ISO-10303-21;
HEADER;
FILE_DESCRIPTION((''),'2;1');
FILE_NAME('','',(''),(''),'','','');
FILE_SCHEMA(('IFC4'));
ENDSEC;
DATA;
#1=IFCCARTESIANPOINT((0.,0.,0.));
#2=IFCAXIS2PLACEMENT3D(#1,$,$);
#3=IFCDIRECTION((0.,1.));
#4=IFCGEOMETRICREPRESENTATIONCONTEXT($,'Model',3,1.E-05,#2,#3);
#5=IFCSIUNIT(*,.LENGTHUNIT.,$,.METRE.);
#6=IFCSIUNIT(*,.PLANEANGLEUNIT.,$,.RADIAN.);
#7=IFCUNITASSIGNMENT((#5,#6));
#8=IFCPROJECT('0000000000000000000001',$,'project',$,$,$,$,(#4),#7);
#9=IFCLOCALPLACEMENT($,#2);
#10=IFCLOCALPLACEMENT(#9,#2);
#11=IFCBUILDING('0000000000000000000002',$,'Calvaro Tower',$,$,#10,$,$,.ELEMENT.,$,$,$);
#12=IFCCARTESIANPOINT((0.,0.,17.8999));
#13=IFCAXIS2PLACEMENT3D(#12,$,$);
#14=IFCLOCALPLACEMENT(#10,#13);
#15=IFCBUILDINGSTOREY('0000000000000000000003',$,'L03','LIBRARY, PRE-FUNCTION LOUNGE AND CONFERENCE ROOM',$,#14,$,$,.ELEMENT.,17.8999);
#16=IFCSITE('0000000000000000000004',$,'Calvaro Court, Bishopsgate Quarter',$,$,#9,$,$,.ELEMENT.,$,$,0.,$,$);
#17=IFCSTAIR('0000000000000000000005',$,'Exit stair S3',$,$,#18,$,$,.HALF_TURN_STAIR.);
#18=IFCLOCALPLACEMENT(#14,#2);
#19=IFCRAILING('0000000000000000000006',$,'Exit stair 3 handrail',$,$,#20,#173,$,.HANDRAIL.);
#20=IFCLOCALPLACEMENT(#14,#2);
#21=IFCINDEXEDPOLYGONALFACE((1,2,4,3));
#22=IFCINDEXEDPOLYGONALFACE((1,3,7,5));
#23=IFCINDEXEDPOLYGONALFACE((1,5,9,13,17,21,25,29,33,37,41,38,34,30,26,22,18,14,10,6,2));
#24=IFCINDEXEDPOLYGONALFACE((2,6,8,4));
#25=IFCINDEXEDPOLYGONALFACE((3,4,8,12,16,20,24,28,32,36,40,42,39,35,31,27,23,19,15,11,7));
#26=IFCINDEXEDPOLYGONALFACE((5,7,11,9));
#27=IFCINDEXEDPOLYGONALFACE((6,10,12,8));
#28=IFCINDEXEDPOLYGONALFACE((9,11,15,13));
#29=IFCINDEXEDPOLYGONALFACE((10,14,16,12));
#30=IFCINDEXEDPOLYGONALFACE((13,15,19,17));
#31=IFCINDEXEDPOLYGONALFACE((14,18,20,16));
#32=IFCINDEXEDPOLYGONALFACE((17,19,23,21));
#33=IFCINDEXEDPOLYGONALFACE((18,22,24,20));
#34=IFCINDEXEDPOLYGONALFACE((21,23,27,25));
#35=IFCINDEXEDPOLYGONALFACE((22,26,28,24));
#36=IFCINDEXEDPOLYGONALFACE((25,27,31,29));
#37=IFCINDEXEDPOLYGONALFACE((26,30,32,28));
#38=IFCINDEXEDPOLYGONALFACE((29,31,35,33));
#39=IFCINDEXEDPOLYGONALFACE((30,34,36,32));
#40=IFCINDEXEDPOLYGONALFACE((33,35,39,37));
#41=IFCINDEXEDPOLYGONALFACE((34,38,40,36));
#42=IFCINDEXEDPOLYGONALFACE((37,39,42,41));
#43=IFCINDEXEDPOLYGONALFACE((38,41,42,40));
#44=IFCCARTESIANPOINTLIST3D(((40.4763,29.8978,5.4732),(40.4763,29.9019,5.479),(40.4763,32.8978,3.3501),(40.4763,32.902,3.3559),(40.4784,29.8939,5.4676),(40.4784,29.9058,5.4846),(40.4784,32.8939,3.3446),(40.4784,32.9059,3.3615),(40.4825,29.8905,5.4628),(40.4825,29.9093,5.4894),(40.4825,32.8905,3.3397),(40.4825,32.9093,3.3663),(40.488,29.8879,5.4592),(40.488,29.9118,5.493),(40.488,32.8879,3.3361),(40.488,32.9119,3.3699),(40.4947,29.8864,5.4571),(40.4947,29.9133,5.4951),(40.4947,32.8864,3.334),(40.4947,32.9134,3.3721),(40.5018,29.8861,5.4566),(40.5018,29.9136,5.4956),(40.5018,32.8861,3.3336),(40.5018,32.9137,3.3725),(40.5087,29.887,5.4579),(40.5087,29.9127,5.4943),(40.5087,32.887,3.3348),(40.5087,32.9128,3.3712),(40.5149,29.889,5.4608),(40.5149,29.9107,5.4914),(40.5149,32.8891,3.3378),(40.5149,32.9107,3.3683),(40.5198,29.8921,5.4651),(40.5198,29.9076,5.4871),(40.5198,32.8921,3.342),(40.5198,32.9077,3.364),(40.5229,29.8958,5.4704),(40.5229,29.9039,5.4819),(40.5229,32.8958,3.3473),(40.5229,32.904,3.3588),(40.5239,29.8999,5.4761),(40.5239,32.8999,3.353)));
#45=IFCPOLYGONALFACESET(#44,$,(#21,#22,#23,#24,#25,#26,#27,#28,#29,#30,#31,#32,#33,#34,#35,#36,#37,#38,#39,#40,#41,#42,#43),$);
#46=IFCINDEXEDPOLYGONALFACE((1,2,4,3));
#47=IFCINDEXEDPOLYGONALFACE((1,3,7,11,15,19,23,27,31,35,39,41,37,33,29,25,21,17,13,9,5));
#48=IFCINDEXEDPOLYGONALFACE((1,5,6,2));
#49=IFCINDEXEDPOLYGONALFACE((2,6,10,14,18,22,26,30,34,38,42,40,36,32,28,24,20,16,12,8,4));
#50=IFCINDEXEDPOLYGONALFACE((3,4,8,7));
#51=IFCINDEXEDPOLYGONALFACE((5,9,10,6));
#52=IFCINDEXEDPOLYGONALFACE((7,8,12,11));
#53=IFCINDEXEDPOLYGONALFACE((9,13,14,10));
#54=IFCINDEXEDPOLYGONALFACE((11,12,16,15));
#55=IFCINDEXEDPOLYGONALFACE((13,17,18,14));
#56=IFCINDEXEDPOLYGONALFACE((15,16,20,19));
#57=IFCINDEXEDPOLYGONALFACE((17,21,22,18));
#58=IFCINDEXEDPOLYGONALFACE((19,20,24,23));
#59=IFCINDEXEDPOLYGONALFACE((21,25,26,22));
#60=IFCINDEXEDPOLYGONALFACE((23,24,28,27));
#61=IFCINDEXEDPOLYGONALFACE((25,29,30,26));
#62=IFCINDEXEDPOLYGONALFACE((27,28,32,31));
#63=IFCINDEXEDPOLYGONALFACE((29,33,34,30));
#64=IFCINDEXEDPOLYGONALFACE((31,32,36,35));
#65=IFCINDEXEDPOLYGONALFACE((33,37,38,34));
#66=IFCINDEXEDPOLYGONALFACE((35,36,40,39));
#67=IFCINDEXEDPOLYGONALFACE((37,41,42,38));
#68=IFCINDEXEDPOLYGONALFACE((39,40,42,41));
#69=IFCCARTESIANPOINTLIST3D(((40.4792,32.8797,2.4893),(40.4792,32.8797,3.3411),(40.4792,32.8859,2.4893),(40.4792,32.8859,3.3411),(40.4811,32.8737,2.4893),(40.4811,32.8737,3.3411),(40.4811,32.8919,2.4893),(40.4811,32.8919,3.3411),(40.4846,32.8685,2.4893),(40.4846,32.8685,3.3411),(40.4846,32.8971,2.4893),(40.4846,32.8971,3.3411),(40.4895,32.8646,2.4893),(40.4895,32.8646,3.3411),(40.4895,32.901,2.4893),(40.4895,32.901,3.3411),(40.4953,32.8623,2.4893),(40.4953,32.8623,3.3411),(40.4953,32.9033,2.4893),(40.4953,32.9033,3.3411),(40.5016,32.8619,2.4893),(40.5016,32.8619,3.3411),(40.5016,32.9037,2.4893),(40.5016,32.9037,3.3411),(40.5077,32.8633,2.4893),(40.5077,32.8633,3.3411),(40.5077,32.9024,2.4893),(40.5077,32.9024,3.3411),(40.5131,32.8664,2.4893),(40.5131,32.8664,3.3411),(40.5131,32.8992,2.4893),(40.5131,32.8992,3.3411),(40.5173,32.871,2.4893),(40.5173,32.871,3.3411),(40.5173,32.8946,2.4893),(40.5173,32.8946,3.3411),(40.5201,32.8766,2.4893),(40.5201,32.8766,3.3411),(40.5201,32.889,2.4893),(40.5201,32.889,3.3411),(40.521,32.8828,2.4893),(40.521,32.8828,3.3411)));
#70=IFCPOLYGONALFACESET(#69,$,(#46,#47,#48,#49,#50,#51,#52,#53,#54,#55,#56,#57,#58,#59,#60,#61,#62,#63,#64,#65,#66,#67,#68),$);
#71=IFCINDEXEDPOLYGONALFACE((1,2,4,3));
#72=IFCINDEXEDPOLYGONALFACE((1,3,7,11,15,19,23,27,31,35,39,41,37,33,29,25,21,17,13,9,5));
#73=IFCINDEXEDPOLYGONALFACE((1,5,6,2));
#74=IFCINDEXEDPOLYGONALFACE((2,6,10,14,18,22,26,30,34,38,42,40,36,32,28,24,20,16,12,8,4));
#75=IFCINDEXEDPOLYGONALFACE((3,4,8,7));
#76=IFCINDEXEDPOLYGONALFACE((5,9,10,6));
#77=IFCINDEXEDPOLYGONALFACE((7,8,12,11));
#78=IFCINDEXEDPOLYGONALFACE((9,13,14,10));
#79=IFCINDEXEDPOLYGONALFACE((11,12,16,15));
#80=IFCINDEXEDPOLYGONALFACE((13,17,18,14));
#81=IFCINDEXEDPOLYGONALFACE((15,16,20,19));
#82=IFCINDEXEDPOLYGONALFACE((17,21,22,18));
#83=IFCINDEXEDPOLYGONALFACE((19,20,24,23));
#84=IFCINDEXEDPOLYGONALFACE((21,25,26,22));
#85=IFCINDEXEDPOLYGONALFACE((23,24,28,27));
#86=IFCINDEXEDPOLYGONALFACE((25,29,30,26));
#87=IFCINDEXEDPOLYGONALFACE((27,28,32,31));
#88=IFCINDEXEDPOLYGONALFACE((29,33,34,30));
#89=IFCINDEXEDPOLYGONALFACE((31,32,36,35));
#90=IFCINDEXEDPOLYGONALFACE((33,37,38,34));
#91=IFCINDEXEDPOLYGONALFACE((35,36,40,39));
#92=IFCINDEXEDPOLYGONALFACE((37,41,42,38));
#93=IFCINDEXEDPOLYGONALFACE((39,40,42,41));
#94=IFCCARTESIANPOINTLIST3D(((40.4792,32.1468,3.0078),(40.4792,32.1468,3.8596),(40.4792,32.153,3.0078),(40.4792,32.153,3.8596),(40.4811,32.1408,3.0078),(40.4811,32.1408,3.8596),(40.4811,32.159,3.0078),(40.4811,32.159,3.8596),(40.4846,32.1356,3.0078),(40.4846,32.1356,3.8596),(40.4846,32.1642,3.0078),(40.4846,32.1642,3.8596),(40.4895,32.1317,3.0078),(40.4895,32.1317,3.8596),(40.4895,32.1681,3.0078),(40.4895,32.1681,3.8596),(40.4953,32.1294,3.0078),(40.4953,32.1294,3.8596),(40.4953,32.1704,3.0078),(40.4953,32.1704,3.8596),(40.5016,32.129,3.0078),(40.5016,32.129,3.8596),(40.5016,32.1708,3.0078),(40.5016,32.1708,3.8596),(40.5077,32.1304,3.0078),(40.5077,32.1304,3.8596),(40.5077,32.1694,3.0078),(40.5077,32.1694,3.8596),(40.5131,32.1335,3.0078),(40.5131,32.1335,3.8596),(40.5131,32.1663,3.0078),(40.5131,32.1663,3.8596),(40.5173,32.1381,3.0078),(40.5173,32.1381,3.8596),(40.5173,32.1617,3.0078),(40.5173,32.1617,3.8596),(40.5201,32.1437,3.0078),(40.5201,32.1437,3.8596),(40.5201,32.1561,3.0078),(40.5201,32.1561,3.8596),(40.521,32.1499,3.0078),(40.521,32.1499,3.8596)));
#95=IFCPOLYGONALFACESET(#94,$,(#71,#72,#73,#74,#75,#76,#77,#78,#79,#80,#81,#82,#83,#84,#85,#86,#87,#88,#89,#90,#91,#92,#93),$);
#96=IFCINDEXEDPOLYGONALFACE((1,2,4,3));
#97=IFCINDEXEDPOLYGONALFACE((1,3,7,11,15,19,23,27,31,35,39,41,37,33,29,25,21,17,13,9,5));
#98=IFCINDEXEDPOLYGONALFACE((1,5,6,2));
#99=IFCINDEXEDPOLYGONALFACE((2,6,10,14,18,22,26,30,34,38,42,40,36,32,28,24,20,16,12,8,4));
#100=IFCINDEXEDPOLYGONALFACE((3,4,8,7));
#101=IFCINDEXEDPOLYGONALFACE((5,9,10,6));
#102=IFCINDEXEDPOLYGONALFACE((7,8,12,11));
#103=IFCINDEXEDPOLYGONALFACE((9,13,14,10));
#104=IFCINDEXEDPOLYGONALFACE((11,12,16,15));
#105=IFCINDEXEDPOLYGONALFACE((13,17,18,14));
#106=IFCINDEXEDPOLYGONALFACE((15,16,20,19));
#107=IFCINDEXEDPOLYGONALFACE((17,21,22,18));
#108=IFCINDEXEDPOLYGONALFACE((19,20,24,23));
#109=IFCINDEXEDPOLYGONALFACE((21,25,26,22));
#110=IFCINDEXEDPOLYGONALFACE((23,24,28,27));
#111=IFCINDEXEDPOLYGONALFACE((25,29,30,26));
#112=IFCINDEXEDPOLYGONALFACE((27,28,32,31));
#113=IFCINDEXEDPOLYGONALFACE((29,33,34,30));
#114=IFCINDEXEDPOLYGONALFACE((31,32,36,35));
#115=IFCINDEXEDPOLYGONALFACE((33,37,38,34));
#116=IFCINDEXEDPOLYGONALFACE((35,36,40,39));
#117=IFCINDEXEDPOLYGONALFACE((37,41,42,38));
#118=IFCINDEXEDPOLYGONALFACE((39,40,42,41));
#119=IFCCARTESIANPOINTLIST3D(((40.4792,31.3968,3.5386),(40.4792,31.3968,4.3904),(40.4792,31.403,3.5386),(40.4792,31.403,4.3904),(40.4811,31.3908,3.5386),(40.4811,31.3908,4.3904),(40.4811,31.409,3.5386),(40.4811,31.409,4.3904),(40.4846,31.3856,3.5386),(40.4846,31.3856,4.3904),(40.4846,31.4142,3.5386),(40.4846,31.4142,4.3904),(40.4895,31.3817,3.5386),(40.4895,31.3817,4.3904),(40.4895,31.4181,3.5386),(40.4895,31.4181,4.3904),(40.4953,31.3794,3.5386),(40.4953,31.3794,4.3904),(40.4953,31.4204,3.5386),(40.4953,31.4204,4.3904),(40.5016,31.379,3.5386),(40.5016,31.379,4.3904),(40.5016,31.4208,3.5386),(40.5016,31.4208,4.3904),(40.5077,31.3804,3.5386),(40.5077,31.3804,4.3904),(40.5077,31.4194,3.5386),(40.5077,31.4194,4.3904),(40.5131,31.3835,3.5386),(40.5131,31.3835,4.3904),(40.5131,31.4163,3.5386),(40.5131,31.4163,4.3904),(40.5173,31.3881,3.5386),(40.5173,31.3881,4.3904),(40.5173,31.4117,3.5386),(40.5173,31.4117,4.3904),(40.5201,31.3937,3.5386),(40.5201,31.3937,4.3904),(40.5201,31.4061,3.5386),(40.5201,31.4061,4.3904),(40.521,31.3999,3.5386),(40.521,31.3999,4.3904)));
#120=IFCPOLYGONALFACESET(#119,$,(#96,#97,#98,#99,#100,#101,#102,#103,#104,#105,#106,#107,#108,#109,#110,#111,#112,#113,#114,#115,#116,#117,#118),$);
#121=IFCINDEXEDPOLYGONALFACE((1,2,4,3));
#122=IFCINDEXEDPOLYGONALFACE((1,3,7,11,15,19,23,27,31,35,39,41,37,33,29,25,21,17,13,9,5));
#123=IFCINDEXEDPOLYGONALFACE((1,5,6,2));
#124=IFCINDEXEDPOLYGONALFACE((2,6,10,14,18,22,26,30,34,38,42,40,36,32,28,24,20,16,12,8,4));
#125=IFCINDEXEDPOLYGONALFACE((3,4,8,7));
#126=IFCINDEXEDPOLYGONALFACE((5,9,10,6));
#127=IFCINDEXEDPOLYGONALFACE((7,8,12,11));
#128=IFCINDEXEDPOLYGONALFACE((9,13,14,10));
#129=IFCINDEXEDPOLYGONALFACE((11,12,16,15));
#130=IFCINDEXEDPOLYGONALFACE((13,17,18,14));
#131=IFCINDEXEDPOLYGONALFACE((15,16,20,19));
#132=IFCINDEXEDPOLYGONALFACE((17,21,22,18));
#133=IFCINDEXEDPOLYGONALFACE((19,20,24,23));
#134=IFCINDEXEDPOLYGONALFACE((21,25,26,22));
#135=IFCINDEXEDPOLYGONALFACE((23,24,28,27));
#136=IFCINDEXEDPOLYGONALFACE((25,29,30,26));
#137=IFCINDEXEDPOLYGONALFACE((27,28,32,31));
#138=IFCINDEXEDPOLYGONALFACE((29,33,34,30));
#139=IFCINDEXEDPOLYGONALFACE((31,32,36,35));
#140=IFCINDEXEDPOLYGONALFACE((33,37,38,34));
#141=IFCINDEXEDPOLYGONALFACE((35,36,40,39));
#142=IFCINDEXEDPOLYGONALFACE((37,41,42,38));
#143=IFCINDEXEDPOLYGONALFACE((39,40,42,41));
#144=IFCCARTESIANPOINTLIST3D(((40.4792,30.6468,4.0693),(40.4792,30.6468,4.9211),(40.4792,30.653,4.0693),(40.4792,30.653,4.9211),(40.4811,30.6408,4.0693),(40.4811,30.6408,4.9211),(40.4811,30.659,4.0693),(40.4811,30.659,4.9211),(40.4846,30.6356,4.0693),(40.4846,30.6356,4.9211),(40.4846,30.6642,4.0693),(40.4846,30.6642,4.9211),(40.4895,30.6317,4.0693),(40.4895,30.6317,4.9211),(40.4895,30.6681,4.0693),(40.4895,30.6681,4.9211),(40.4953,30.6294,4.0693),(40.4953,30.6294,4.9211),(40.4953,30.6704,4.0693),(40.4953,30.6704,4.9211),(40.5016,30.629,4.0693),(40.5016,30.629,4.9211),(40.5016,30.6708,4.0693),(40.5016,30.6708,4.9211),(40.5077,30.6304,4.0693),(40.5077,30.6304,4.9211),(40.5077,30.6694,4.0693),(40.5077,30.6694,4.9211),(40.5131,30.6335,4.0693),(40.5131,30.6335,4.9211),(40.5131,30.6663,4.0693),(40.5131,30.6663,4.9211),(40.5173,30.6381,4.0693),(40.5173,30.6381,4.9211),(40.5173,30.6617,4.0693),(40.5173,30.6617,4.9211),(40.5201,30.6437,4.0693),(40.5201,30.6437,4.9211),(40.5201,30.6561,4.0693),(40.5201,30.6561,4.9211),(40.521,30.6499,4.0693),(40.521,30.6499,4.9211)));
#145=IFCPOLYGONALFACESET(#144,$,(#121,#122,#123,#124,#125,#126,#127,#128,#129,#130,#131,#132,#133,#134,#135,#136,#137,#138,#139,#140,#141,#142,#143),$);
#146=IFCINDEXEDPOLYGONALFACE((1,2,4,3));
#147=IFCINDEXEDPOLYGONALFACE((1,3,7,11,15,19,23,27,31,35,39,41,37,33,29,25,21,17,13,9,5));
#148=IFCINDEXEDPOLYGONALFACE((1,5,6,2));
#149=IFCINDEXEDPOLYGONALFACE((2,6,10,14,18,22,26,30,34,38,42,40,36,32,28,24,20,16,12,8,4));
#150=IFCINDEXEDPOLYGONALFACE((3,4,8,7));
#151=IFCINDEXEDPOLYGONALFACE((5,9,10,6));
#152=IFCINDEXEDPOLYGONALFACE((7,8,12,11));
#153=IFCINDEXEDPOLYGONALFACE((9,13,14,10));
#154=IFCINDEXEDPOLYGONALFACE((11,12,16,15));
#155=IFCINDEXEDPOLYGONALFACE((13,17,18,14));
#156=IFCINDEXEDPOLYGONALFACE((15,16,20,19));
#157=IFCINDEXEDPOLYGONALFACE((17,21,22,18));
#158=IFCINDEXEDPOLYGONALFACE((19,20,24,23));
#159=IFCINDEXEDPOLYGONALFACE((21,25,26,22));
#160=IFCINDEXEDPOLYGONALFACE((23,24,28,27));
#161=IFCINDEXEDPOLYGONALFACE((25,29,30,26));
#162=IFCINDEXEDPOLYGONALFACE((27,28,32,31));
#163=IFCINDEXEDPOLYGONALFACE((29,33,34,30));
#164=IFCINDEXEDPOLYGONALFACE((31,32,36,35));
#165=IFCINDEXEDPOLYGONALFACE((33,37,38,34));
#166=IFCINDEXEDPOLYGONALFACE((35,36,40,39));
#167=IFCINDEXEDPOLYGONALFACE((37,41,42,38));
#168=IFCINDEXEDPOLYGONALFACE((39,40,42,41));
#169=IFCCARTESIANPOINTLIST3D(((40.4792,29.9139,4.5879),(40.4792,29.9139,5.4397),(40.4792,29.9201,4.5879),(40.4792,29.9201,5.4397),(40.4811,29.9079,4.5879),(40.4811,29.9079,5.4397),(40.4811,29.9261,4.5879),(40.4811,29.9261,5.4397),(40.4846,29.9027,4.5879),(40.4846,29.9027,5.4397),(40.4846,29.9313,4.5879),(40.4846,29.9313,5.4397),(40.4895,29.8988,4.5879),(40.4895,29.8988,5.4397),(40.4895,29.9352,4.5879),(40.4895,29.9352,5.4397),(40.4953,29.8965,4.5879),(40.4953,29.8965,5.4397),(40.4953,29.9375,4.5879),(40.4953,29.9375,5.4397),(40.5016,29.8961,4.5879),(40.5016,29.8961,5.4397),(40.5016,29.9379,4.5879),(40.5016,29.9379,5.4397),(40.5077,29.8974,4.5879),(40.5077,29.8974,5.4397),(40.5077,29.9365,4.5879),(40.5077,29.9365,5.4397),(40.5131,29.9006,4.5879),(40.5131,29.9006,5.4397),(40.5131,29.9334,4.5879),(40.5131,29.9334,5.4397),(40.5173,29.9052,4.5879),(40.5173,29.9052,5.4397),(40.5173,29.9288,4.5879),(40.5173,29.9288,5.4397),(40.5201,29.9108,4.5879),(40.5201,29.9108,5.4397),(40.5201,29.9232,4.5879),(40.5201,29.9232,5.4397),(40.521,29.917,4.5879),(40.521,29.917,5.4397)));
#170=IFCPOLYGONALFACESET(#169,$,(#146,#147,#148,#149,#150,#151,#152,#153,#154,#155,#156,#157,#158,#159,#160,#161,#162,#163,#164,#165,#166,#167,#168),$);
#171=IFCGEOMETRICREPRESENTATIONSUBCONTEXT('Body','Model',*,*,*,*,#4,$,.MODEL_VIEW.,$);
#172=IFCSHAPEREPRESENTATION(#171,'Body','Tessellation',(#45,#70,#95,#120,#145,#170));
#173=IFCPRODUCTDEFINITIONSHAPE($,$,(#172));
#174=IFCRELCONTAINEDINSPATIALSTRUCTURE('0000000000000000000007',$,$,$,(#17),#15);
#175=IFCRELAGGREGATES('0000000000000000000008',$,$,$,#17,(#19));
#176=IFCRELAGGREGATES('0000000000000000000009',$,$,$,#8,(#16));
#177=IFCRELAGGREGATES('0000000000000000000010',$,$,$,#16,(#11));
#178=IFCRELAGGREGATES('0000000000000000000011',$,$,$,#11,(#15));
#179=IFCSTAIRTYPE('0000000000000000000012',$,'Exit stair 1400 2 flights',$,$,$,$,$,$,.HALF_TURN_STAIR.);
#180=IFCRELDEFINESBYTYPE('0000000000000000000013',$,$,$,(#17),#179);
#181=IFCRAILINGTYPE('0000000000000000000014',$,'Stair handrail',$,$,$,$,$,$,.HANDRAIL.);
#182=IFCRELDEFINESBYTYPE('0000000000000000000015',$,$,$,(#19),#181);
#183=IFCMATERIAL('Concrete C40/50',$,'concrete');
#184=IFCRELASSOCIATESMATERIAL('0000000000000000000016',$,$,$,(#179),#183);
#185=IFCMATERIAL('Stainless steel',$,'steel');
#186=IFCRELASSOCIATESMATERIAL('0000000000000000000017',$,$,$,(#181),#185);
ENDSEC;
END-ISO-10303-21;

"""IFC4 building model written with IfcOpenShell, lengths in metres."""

from ifc_helpers import new_model, si_unit, direction, frame, origin, origin_2d, place, context, subcontext, project, spatial, circle, extrude, material, type_object, element, aggregate, save


model = new_model("IFC4")

# Units and contexts
model_context = context("Model", 3, precision=1e-05, world=origin(), true_north=direction((0.0, 1.0)))
body_context = subcontext(model_context, "Body", "Model", "MODEL_VIEW")
ifc_project = project(units=[si_unit("LENGTHUNIT", "METRE"), si_unit("PLANEANGLEUNIT", "RADIAN")], contexts=[model_context])

# Site, building, storey
site_placement = place(None, origin())
site = spatial("IfcSite", under=ifc_project, at=site_placement, Name="Calvaro Court, Bishopsgate Quarter", CompositionType="ELEMENT", RefElevation=0.0)
building_placement = place(site_placement, origin())
building = spatial("IfcBuilding", under=site, at=building_placement, Name="Calvaro Tower", CompositionType="ELEMENT")
storey_placement = place(building_placement, frame((0.0, 0.0, 17.8999)))
storey = spatial("IfcBuildingStorey", under=building, at=storey_placement, Name="L03", Description="LIBRARY, PRE-FUNCTION LOUNGE AND CONFERENCE ROOM", CompositionType="ELEMENT", Elevation=17.8999)

# Stair, railing
ifc_material_1 = material(Name="Concrete C40/50", Category="concrete")
stair_type = type_object("IfcStairType", Name="Exit stair 1400 2 flights", PredefinedType="HALF_TURN_STAIR", material=ifc_material_1)
stair_placement = place(storey_placement, origin())
stair = element("IfcStair", 1, at=stair_placement, inside=storey, type_object=stair_type, Name="Exit stair S3", PredefinedType="HALF_TURN_STAIR")
ifc_material_2 = material(Name="Stainless steel", Category="steel")
railing_type = type_object("IfcRailingType", Name="Stair handrail", PredefinedType="HANDRAIL", material=ifc_material_2)
railing_1_placement = place(storey_placement, frame((40.5, 32.8999, 2.4771)))
railing_1 = element("IfcRailing", 2, at=railing_1_placement, type_object=railing_type, Name="Exit stair 3 handrail", PredefinedType="HANDRAIL", context=body_context, shape_type="SweptSolid", body=[
    extrude(circle(Radius=0.0239, at=origin_2d()), frame((0.0, 0.0, 0.876), z_axis=(0.0, -0.816275, 0.577663), x_axis=(1.0, 0.0, 0.0)), (0.0, 0.0, 1.0), 3.6753),
    extrude(circle(Radius=0.021, at=origin_2d()), frame((0.0, -0.0171, 0.0122)), (0.0, 0.0, 1.0), 0.8518),
    extrude(circle(Radius=0.021, at=origin_2d()), frame((0.0, -0.75, 0.5308)), (0.0, 0.0, 1.0), 0.8518),
    extrude(circle(Radius=0.021, at=origin_2d()), frame((0.0, -1.5, 1.0615)), (0.0, 0.0, 1.0), 0.8518),
    extrude(circle(Radius=0.021, at=origin_2d()), frame((0.0, -2.25, 1.5923)), (0.0, 0.0, 1.0), 0.8518),
    extrude(circle(Radius=0.021, at=origin_2d()), frame((0.0, -2.9829, 2.1108)), (0.0, 0.0, 1.0), 0.8518),
])
aggregate(stair, [railing_1])

save(model, "model.ifc")
